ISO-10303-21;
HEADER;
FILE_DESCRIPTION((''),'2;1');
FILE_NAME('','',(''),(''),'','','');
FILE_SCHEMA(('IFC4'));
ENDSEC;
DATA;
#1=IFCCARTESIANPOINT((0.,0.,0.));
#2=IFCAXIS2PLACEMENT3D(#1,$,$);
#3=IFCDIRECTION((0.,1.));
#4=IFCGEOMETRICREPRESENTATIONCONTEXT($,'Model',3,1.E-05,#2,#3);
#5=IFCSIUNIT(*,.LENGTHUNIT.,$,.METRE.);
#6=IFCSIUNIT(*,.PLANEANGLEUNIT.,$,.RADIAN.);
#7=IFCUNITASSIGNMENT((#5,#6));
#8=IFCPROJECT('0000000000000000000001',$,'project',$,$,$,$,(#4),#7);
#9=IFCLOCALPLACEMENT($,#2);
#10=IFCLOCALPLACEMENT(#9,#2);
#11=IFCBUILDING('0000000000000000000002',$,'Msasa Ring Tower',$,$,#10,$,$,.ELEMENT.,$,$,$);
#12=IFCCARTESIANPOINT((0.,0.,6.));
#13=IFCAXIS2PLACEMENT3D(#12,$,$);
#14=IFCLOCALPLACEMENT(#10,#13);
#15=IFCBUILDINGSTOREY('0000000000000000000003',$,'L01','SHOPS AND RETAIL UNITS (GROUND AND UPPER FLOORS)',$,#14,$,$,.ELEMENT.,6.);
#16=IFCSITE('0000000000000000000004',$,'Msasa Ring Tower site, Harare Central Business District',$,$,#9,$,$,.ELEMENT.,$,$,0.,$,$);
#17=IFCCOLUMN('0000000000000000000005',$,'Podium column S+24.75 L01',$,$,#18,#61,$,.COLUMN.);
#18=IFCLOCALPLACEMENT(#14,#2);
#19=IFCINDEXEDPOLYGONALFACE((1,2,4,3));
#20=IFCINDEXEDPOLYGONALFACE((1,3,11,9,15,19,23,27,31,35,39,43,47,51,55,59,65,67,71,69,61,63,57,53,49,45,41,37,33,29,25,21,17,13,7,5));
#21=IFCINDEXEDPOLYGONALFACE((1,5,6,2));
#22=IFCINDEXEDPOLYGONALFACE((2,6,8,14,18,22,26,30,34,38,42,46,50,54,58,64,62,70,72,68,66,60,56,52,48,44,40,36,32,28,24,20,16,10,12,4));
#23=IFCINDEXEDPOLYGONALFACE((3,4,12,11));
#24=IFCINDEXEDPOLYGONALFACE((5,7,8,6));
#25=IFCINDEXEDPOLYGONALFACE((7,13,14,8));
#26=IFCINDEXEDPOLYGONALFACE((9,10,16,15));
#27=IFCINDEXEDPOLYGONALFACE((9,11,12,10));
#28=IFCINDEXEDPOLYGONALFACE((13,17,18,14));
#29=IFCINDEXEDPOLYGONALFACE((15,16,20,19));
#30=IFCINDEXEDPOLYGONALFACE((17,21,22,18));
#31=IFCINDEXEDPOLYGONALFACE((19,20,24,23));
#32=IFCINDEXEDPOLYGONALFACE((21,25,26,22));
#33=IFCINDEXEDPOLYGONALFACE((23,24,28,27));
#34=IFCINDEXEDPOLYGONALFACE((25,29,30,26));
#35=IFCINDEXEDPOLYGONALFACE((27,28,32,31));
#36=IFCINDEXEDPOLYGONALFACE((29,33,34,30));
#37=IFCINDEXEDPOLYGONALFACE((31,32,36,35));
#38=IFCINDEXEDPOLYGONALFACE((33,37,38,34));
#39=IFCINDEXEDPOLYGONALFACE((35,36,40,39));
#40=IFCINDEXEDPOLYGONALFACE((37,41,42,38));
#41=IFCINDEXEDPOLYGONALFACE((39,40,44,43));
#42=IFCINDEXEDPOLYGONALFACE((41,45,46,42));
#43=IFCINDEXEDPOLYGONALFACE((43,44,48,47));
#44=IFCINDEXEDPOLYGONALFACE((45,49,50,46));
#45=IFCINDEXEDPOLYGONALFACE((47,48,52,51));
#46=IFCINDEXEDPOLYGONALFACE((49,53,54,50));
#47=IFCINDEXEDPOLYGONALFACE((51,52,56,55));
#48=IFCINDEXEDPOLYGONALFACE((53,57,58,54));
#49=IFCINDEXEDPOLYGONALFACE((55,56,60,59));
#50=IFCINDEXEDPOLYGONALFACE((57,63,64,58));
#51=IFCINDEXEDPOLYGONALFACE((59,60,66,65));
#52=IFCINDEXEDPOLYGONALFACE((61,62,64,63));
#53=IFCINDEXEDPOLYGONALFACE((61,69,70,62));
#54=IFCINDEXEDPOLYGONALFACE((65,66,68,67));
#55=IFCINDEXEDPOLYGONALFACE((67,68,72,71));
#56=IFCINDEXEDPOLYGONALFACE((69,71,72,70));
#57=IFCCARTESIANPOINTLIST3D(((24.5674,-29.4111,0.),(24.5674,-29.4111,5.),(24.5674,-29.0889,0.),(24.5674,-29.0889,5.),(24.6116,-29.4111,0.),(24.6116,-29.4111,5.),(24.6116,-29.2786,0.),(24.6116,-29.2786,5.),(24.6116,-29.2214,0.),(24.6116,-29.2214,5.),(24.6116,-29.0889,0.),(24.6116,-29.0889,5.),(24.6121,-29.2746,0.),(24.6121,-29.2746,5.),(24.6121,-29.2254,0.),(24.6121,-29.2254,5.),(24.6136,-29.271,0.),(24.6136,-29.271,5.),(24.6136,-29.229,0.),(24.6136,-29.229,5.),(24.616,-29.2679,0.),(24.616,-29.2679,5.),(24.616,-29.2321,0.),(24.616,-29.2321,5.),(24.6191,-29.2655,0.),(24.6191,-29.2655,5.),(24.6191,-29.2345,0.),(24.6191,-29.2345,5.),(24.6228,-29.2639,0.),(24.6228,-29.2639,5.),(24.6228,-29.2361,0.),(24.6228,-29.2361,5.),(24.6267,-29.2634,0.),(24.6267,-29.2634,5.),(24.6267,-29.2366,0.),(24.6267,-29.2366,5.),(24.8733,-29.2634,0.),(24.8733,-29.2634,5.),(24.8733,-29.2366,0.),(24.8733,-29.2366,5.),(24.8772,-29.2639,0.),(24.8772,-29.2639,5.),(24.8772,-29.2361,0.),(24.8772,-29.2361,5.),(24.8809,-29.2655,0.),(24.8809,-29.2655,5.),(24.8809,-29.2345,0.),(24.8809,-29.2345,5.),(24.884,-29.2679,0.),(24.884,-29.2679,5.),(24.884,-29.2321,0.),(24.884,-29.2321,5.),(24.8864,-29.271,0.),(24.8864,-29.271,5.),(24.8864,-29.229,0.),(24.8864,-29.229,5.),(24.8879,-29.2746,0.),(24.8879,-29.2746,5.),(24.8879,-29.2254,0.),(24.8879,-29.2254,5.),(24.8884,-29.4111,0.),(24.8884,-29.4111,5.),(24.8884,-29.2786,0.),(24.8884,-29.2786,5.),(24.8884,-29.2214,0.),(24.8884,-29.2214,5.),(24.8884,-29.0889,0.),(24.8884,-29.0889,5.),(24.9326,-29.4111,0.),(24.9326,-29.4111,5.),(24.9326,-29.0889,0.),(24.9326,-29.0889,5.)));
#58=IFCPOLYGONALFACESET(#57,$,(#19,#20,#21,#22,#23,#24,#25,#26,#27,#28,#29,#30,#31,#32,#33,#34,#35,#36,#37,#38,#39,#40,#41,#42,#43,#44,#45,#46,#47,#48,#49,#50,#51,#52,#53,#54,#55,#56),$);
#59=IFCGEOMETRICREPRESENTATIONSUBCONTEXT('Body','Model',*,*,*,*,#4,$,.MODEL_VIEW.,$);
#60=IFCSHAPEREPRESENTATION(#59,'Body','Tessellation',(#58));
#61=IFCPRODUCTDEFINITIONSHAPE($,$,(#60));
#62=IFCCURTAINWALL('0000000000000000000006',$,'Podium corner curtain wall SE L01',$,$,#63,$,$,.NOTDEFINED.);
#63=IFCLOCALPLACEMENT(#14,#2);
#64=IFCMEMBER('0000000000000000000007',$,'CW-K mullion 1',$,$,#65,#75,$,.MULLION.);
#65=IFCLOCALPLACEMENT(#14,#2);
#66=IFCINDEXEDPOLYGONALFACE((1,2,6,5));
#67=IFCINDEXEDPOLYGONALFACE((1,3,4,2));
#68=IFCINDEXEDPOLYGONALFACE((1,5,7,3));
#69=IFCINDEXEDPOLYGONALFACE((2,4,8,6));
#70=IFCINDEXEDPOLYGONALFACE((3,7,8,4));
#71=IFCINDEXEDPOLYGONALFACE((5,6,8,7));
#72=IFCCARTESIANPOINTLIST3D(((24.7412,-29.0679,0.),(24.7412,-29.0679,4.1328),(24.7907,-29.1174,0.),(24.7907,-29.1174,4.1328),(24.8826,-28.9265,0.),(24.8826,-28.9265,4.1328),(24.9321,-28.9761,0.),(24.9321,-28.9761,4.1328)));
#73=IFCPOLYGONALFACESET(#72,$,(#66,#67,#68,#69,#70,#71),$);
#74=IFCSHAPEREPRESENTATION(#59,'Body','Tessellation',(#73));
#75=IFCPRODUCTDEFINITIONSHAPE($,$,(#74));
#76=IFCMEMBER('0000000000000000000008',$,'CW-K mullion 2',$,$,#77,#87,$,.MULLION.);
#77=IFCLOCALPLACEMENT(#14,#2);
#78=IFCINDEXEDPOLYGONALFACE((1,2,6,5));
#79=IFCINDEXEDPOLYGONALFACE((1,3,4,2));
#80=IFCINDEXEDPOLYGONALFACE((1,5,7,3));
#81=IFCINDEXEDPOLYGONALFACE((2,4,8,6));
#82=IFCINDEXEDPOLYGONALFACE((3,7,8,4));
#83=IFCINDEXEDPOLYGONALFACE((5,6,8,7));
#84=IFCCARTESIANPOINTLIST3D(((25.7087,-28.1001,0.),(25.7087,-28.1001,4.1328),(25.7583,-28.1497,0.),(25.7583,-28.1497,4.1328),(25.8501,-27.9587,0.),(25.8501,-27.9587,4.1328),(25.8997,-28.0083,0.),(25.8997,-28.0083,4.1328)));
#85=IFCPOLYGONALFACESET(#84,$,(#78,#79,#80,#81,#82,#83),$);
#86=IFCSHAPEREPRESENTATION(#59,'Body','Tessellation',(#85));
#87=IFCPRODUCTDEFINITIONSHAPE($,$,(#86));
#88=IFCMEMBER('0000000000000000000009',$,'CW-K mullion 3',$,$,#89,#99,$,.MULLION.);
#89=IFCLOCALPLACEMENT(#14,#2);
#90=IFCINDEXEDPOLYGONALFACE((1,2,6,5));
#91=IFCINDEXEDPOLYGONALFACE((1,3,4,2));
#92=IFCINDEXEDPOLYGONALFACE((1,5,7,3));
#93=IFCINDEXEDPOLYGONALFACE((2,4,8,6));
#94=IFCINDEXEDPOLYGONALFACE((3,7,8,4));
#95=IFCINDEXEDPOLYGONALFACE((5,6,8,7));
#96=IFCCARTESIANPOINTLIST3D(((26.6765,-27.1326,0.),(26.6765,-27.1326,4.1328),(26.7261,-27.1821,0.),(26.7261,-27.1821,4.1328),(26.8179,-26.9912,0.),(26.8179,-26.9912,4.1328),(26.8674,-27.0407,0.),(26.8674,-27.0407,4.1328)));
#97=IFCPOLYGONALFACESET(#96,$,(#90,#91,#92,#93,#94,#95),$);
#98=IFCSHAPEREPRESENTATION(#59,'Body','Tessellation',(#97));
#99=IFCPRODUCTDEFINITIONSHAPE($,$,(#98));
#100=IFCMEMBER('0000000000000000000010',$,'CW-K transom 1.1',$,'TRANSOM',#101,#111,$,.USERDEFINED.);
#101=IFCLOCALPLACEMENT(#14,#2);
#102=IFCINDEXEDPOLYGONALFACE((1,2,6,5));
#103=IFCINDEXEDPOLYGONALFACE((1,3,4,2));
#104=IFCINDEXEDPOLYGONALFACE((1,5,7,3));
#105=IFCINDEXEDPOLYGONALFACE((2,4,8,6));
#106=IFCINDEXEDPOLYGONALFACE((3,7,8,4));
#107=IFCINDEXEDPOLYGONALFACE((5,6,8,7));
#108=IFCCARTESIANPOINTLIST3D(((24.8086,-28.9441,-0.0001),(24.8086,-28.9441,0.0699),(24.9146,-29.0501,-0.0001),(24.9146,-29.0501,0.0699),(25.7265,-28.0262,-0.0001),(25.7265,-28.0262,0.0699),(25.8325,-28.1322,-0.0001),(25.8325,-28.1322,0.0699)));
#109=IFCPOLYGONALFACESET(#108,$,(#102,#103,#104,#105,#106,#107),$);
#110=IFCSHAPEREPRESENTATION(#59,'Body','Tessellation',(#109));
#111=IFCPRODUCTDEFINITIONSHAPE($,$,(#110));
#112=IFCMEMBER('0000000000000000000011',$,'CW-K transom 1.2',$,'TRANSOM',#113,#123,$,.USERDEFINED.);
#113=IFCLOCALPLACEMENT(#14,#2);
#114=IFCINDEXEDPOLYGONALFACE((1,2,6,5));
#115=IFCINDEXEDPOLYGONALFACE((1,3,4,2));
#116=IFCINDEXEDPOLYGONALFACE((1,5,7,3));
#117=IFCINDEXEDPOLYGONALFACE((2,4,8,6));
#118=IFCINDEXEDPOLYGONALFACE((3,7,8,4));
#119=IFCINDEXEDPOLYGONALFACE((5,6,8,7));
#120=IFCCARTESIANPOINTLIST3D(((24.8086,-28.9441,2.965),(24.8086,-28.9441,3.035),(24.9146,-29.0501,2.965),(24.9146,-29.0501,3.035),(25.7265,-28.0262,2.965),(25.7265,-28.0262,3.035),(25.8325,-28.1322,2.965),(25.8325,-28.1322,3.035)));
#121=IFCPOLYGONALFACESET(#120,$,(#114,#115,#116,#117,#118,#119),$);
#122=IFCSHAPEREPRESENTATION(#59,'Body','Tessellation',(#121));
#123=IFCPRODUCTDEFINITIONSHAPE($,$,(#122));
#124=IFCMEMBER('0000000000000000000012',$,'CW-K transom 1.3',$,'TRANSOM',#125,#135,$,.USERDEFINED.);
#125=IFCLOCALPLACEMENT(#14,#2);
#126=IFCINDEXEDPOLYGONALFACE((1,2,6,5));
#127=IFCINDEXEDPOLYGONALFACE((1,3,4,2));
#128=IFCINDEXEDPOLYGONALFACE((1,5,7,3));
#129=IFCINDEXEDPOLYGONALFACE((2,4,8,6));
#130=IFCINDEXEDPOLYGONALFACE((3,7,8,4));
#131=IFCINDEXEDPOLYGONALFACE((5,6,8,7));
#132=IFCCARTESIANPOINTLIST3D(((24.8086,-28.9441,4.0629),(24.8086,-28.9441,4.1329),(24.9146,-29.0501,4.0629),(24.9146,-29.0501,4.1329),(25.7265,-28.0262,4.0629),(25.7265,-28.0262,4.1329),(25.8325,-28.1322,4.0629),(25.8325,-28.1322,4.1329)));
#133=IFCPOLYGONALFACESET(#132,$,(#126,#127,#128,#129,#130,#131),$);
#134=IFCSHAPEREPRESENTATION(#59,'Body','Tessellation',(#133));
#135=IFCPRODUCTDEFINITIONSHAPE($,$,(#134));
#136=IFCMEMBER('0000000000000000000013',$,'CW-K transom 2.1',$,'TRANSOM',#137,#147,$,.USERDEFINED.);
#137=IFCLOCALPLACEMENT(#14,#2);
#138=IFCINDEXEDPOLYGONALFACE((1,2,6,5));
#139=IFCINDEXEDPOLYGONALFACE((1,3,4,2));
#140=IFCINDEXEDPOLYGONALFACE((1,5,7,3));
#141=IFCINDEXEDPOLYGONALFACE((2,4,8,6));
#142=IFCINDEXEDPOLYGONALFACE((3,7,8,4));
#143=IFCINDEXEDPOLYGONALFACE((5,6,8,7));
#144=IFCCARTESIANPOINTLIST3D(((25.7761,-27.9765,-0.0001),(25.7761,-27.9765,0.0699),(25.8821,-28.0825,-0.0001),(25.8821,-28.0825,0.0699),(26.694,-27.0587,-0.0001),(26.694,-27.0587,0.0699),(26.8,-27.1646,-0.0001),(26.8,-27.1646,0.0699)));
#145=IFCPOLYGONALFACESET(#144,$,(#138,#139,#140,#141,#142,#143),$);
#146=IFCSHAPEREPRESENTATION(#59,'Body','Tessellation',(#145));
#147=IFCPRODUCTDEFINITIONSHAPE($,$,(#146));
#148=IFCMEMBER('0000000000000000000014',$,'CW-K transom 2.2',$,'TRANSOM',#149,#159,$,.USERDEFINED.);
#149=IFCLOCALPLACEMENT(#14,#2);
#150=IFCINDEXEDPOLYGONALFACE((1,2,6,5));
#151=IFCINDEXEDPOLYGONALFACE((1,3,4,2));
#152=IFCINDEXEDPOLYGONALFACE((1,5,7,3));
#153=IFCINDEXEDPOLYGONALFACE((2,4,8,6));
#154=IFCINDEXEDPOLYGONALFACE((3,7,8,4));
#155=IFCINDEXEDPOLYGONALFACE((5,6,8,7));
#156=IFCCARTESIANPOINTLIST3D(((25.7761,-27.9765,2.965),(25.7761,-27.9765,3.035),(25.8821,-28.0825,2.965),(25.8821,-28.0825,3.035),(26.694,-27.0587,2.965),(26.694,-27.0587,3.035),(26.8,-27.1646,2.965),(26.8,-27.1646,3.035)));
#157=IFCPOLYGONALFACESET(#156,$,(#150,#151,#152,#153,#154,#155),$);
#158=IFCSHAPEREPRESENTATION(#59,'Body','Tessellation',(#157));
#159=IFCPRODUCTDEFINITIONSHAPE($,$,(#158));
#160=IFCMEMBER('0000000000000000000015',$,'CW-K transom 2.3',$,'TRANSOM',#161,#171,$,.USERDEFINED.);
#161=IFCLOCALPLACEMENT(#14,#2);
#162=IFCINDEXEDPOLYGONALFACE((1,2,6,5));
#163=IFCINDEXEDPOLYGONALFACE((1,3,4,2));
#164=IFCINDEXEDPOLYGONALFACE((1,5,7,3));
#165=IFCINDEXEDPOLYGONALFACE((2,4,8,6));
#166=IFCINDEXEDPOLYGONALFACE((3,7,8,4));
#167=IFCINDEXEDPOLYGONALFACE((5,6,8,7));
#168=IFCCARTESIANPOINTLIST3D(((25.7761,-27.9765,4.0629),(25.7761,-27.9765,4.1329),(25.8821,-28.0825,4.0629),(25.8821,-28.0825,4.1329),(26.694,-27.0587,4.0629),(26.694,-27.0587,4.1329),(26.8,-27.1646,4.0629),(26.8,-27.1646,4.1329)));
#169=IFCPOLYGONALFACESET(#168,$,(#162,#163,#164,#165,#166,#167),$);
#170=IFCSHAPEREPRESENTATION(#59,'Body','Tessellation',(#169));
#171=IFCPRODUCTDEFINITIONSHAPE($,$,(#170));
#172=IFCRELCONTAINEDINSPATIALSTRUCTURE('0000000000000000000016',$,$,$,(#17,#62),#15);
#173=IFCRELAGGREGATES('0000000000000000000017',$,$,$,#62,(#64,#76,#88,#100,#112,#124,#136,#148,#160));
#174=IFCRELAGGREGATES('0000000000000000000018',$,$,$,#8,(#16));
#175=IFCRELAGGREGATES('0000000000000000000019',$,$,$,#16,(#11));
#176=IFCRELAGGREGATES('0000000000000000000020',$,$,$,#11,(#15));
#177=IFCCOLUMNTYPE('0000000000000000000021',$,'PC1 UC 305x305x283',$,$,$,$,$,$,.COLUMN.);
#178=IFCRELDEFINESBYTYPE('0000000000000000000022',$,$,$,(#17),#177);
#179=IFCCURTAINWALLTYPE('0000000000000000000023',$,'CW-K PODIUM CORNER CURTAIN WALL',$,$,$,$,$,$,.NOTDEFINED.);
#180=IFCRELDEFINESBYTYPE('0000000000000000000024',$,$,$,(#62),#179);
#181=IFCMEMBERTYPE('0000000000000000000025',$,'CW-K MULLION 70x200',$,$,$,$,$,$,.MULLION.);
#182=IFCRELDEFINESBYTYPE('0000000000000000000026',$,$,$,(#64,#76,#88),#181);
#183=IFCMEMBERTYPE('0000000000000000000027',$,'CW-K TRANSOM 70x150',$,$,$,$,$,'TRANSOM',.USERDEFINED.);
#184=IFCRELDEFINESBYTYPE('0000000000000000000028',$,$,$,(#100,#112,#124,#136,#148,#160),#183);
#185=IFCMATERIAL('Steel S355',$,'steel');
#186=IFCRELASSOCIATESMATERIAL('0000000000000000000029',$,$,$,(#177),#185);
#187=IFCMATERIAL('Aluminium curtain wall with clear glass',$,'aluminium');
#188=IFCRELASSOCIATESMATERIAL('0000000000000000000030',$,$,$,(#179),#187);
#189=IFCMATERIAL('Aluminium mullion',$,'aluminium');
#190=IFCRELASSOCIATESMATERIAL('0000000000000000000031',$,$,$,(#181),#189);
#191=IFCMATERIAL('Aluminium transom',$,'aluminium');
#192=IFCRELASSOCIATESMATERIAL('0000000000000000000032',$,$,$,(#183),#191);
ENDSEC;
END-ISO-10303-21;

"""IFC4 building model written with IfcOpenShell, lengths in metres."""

from ifc_helpers import new_model, si_unit, direction, frame, origin, origin_2d, place, context, subcontext, project, spatial, rectangle, i_section, extrude, material, material_profile, profile_set, type_object, element, aggregate, save


model = new_model("IFC4")

# Units and contexts
model_context = context("Model", 3, precision=1e-05, world=origin(), true_north=direction((0.0, 1.0)))
body_context = subcontext(model_context, "Body", "Model", "MODEL_VIEW")
ifc_project = project(units=[si_unit("LENGTHUNIT", "METRE"), si_unit("PLANEANGLEUNIT", "RADIAN")], contexts=[model_context])

# Site, building, storey
site_placement = place(None, origin())
site = spatial("IfcSite", under=ifc_project, at=site_placement, Name="Msasa Ring Tower site, Harare Central Business District", CompositionType="ELEMENT", RefElevation=0.0)
building_placement = place(site_placement, origin())
building = spatial("IfcBuilding", under=site, at=building_placement, Name="Msasa Ring Tower", CompositionType="ELEMENT")
storey_placement = place(building_placement, frame((0.0, 0.0, 6.0)))
storey = spatial("IfcBuildingStorey", under=building, at=storey_placement, Name="L01", Description="SHOPS AND RETAIL UNITS (GROUND AND UPPER FLOORS)", CompositionType="ELEMENT", Elevation=6.0)

# Column
ifc_material_1 = material(Name="Steel S355", Category="steel")
ifc_material_profile_1 = material_profile(ifc_material_1, i_section(OverallWidth=0.3223, OverallDepth=0.3652, WebThickness=0.0269, FlangeThickness=0.0442, FilletRadius=0.0151, at=origin_2d()), Name="UC 305x305x283")
ifc_profile_set_1 = profile_set([ifc_material_profile_1], Name="Steel S355")
column_type = type_object("IfcColumnType", Name="PC1 UC 305x305x283", PredefinedType="COLUMN", material=ifc_profile_set_1)
column_placement = place(storey_placement, frame((24.75, -29.25, 0.0), z_axis=(0.0, 0.0, 1.0), x_axis=(0.0, 1.0, 0.0)))
element("IfcColumn", 1, at=column_placement, inside=storey, type_object=column_type, Name="Podium column S+24.75 L01", PredefinedType="COLUMN", context=body_context, shape_type="SweptSolid", body=[
    extrude(i_section(OverallWidth=0.3223, OverallDepth=0.3652, WebThickness=0.0269, FlangeThickness=0.0442, FilletRadius=0.0151, at=origin_2d()), origin(), (0.0, 0.0, 1.0), 5.0),
])

# Curtain wall, members
ifc_material_2 = material(Name="Aluminium curtain wall with clear glass", Category="aluminium")
curtain_wall_type = type_object("IfcCurtainWallType", Name="CW-K PODIUM CORNER CURTAIN WALL", PredefinedType="NOTDEFINED", material=ifc_material_2)
curtain_wall_placement = place(storey_placement, origin())
curtain_wall = element("IfcCurtainWall", 2, at=curtain_wall_placement, inside=storey, type_object=curtain_wall_type, Name="Podium corner curtain wall SE L01", PredefinedType="NOTDEFINED")
ifc_material_3 = material(Name="Aluminium mullion", Category="aluminium")
ifc_material_profile_2 = material_profile(ifc_material_3, rectangle(XDim=0.0701, YDim=0.2, at=origin_2d()), Name="AL 70x200")
ifc_profile_set_2 = profile_set([ifc_material_profile_2], Name="Aluminium mullion")
member_type_1 = type_object("IfcMemberType", Name="CW-K MULLION 70x200", PredefinedType="MULLION", material=ifc_profile_set_2)
member_1_placement = place(storey_placement, frame((24.8367, -29.022, 0.0), z_axis=(0.0, 0.0, 1.0), x_axis=(-0.707107, 0.707107, 0.0)))
member_1 = element("IfcMember", 3, at=member_1_placement, type_object=member_type_1, Name="CW-K mullion 1", PredefinedType="MULLION", context=body_context, shape_type="SweptSolid", body=[
    extrude(rectangle(XDim=0.0701, YDim=0.2, at=origin_2d()), origin(), (0.0, 0.0, 1.0), 4.1328),
])
member_2_placement = place(storey_placement, frame((25.8042, -28.0542, 0.0), z_axis=(0.0, 0.0, 1.0), x_axis=(-0.707107, 0.707107, 0.0)))
member_2 = element("IfcMember", 4, at=member_2_placement, type_object=member_type_1, Name="CW-K mullion 2", PredefinedType="MULLION", context=body_context, shape_type="SweptSolid", body=[
    extrude(rectangle(XDim=0.0701, YDim=0.2, at=origin_2d()), origin(), (0.0, 0.0, 1.0), 4.1328),
])
member_3_placement = place(storey_placement, frame((26.772, -27.0867, 0.0), z_axis=(0.0, 0.0, 1.0), x_axis=(-0.707107, 0.707107, 0.0)))
member_3 = element("IfcMember", 5, at=member_3_placement, type_object=member_type_1, Name="CW-K mullion 3", PredefinedType="MULLION", context=body_context, shape_type="SweptSolid", body=[
    extrude(rectangle(XDim=0.0701, YDim=0.2, at=origin_2d()), origin(), (0.0, 0.0, 1.0), 4.1328),
])
ifc_material_4 = material(Name="Aluminium transom", Category="aluminium")
ifc_material_profile_3 = material_profile(ifc_material_4, rectangle(XDim=0.1499, YDim=0.0701, at=origin_2d()), Name="AL 70x150")
ifc_profile_set_3 = profile_set([ifc_material_profile_3], Name="Aluminium transom")
member_type_2 = type_object("IfcMemberType", Name="CW-K TRANSOM 70x150", ElementType="TRANSOM", PredefinedType="USERDEFINED", material=ifc_profile_set_3)
member_4_placement = place(storey_placement, frame((24.8616, -28.9971, 0.0349), z_axis=(0.707107, 0.707107, 0.0), x_axis=(-0.707107, 0.707107, 0.0)))
member_4 = element("IfcMember", 6, at=member_4_placement, type_object=member_type_2, Name="CW-K transom 1.1", ObjectType="TRANSOM", PredefinedType="USERDEFINED", context=body_context, shape_type="SweptSolid", body=[
    extrude(rectangle(XDim=0.1499, YDim=0.0701, at=origin_2d()), origin(), (0.0, 0.0, 1.0), 1.2981),
])
member_5_placement = place(storey_placement, frame((24.8616, -28.9971, 3.0), z_axis=(0.707107, 0.707107, 0.0), x_axis=(-0.707107, 0.707107, 0.0)))
member_5 = element("IfcMember", 7, at=member_5_placement, type_object=member_type_2, Name="CW-K transom 1.2", ObjectType="TRANSOM", PredefinedType="USERDEFINED", context=body_context, shape_type="SweptSolid", body=[
    extrude(rectangle(XDim=0.1499, YDim=0.0701, at=origin_2d()), origin(), (0.0, 0.0, 1.0), 1.2981),
])
member_6_placement = place(storey_placement, frame((24.8616, -28.9971, 4.0979), z_axis=(0.707107, 0.707107, 0.0), x_axis=(-0.707107, 0.707107, 0.0)))
member_6 = element("IfcMember", 8, at=member_6_placement, type_object=member_type_2, Name="CW-K transom 1.3", ObjectType="TRANSOM", PredefinedType="USERDEFINED", context=body_context, shape_type="SweptSolid", body=[
    extrude(rectangle(XDim=0.1499, YDim=0.0701, at=origin_2d()), origin(), (0.0, 0.0, 1.0), 1.2981),
])
member_7_placement = place(storey_placement, frame((25.8291, -28.0295, 0.0349), z_axis=(0.707107, 0.707107, 0.0), x_axis=(-0.707107, 0.707107, 0.0)))
member_7 = element("IfcMember", 9, at=member_7_placement, type_object=member_type_2, Name="CW-K transom 2.1", ObjectType="TRANSOM", PredefinedType="USERDEFINED", context=body_context, shape_type="SweptSolid", body=[
    extrude(rectangle(XDim=0.1499, YDim=0.0701, at=origin_2d()), origin(), (0.0, 0.0, 1.0), 1.2981),
])
member_8_placement = place(storey_placement, frame((25.8291, -28.0295, 3.0), z_axis=(0.707107, 0.707107, 0.0), x_axis=(-0.707107, 0.707107, 0.0)))
member_8 = element("IfcMember", 10, at=member_8_placement, type_object=member_type_2, Name="CW-K transom 2.2", ObjectType="TRANSOM", PredefinedType="USERDEFINED", context=body_context, shape_type="SweptSolid", body=[
    extrude(rectangle(XDim=0.1499, YDim=0.0701, at=origin_2d()), origin(), (0.0, 0.0, 1.0), 1.2981),
])
member_9_placement = place(storey_placement, frame((25.8291, -28.0295, 4.0979), z_axis=(0.707107, 0.707107, 0.0), x_axis=(-0.707107, 0.707107, 0.0)))
member_9 = element("IfcMember", 11, at=member_9_placement, type_object=member_type_2, Name="CW-K transom 2.3", ObjectType="TRANSOM", PredefinedType="USERDEFINED", context=body_context, shape_type="SweptSolid", body=[
    extrude(rectangle(XDim=0.1499, YDim=0.0701, at=origin_2d()), origin(), (0.0, 0.0, 1.0), 1.2981),
])

aggregate(curtain_wall, [member_1, member_2, member_3, member_4, member_5, member_6, member_7, member_8, member_9])

save(model, "model.ifc")
